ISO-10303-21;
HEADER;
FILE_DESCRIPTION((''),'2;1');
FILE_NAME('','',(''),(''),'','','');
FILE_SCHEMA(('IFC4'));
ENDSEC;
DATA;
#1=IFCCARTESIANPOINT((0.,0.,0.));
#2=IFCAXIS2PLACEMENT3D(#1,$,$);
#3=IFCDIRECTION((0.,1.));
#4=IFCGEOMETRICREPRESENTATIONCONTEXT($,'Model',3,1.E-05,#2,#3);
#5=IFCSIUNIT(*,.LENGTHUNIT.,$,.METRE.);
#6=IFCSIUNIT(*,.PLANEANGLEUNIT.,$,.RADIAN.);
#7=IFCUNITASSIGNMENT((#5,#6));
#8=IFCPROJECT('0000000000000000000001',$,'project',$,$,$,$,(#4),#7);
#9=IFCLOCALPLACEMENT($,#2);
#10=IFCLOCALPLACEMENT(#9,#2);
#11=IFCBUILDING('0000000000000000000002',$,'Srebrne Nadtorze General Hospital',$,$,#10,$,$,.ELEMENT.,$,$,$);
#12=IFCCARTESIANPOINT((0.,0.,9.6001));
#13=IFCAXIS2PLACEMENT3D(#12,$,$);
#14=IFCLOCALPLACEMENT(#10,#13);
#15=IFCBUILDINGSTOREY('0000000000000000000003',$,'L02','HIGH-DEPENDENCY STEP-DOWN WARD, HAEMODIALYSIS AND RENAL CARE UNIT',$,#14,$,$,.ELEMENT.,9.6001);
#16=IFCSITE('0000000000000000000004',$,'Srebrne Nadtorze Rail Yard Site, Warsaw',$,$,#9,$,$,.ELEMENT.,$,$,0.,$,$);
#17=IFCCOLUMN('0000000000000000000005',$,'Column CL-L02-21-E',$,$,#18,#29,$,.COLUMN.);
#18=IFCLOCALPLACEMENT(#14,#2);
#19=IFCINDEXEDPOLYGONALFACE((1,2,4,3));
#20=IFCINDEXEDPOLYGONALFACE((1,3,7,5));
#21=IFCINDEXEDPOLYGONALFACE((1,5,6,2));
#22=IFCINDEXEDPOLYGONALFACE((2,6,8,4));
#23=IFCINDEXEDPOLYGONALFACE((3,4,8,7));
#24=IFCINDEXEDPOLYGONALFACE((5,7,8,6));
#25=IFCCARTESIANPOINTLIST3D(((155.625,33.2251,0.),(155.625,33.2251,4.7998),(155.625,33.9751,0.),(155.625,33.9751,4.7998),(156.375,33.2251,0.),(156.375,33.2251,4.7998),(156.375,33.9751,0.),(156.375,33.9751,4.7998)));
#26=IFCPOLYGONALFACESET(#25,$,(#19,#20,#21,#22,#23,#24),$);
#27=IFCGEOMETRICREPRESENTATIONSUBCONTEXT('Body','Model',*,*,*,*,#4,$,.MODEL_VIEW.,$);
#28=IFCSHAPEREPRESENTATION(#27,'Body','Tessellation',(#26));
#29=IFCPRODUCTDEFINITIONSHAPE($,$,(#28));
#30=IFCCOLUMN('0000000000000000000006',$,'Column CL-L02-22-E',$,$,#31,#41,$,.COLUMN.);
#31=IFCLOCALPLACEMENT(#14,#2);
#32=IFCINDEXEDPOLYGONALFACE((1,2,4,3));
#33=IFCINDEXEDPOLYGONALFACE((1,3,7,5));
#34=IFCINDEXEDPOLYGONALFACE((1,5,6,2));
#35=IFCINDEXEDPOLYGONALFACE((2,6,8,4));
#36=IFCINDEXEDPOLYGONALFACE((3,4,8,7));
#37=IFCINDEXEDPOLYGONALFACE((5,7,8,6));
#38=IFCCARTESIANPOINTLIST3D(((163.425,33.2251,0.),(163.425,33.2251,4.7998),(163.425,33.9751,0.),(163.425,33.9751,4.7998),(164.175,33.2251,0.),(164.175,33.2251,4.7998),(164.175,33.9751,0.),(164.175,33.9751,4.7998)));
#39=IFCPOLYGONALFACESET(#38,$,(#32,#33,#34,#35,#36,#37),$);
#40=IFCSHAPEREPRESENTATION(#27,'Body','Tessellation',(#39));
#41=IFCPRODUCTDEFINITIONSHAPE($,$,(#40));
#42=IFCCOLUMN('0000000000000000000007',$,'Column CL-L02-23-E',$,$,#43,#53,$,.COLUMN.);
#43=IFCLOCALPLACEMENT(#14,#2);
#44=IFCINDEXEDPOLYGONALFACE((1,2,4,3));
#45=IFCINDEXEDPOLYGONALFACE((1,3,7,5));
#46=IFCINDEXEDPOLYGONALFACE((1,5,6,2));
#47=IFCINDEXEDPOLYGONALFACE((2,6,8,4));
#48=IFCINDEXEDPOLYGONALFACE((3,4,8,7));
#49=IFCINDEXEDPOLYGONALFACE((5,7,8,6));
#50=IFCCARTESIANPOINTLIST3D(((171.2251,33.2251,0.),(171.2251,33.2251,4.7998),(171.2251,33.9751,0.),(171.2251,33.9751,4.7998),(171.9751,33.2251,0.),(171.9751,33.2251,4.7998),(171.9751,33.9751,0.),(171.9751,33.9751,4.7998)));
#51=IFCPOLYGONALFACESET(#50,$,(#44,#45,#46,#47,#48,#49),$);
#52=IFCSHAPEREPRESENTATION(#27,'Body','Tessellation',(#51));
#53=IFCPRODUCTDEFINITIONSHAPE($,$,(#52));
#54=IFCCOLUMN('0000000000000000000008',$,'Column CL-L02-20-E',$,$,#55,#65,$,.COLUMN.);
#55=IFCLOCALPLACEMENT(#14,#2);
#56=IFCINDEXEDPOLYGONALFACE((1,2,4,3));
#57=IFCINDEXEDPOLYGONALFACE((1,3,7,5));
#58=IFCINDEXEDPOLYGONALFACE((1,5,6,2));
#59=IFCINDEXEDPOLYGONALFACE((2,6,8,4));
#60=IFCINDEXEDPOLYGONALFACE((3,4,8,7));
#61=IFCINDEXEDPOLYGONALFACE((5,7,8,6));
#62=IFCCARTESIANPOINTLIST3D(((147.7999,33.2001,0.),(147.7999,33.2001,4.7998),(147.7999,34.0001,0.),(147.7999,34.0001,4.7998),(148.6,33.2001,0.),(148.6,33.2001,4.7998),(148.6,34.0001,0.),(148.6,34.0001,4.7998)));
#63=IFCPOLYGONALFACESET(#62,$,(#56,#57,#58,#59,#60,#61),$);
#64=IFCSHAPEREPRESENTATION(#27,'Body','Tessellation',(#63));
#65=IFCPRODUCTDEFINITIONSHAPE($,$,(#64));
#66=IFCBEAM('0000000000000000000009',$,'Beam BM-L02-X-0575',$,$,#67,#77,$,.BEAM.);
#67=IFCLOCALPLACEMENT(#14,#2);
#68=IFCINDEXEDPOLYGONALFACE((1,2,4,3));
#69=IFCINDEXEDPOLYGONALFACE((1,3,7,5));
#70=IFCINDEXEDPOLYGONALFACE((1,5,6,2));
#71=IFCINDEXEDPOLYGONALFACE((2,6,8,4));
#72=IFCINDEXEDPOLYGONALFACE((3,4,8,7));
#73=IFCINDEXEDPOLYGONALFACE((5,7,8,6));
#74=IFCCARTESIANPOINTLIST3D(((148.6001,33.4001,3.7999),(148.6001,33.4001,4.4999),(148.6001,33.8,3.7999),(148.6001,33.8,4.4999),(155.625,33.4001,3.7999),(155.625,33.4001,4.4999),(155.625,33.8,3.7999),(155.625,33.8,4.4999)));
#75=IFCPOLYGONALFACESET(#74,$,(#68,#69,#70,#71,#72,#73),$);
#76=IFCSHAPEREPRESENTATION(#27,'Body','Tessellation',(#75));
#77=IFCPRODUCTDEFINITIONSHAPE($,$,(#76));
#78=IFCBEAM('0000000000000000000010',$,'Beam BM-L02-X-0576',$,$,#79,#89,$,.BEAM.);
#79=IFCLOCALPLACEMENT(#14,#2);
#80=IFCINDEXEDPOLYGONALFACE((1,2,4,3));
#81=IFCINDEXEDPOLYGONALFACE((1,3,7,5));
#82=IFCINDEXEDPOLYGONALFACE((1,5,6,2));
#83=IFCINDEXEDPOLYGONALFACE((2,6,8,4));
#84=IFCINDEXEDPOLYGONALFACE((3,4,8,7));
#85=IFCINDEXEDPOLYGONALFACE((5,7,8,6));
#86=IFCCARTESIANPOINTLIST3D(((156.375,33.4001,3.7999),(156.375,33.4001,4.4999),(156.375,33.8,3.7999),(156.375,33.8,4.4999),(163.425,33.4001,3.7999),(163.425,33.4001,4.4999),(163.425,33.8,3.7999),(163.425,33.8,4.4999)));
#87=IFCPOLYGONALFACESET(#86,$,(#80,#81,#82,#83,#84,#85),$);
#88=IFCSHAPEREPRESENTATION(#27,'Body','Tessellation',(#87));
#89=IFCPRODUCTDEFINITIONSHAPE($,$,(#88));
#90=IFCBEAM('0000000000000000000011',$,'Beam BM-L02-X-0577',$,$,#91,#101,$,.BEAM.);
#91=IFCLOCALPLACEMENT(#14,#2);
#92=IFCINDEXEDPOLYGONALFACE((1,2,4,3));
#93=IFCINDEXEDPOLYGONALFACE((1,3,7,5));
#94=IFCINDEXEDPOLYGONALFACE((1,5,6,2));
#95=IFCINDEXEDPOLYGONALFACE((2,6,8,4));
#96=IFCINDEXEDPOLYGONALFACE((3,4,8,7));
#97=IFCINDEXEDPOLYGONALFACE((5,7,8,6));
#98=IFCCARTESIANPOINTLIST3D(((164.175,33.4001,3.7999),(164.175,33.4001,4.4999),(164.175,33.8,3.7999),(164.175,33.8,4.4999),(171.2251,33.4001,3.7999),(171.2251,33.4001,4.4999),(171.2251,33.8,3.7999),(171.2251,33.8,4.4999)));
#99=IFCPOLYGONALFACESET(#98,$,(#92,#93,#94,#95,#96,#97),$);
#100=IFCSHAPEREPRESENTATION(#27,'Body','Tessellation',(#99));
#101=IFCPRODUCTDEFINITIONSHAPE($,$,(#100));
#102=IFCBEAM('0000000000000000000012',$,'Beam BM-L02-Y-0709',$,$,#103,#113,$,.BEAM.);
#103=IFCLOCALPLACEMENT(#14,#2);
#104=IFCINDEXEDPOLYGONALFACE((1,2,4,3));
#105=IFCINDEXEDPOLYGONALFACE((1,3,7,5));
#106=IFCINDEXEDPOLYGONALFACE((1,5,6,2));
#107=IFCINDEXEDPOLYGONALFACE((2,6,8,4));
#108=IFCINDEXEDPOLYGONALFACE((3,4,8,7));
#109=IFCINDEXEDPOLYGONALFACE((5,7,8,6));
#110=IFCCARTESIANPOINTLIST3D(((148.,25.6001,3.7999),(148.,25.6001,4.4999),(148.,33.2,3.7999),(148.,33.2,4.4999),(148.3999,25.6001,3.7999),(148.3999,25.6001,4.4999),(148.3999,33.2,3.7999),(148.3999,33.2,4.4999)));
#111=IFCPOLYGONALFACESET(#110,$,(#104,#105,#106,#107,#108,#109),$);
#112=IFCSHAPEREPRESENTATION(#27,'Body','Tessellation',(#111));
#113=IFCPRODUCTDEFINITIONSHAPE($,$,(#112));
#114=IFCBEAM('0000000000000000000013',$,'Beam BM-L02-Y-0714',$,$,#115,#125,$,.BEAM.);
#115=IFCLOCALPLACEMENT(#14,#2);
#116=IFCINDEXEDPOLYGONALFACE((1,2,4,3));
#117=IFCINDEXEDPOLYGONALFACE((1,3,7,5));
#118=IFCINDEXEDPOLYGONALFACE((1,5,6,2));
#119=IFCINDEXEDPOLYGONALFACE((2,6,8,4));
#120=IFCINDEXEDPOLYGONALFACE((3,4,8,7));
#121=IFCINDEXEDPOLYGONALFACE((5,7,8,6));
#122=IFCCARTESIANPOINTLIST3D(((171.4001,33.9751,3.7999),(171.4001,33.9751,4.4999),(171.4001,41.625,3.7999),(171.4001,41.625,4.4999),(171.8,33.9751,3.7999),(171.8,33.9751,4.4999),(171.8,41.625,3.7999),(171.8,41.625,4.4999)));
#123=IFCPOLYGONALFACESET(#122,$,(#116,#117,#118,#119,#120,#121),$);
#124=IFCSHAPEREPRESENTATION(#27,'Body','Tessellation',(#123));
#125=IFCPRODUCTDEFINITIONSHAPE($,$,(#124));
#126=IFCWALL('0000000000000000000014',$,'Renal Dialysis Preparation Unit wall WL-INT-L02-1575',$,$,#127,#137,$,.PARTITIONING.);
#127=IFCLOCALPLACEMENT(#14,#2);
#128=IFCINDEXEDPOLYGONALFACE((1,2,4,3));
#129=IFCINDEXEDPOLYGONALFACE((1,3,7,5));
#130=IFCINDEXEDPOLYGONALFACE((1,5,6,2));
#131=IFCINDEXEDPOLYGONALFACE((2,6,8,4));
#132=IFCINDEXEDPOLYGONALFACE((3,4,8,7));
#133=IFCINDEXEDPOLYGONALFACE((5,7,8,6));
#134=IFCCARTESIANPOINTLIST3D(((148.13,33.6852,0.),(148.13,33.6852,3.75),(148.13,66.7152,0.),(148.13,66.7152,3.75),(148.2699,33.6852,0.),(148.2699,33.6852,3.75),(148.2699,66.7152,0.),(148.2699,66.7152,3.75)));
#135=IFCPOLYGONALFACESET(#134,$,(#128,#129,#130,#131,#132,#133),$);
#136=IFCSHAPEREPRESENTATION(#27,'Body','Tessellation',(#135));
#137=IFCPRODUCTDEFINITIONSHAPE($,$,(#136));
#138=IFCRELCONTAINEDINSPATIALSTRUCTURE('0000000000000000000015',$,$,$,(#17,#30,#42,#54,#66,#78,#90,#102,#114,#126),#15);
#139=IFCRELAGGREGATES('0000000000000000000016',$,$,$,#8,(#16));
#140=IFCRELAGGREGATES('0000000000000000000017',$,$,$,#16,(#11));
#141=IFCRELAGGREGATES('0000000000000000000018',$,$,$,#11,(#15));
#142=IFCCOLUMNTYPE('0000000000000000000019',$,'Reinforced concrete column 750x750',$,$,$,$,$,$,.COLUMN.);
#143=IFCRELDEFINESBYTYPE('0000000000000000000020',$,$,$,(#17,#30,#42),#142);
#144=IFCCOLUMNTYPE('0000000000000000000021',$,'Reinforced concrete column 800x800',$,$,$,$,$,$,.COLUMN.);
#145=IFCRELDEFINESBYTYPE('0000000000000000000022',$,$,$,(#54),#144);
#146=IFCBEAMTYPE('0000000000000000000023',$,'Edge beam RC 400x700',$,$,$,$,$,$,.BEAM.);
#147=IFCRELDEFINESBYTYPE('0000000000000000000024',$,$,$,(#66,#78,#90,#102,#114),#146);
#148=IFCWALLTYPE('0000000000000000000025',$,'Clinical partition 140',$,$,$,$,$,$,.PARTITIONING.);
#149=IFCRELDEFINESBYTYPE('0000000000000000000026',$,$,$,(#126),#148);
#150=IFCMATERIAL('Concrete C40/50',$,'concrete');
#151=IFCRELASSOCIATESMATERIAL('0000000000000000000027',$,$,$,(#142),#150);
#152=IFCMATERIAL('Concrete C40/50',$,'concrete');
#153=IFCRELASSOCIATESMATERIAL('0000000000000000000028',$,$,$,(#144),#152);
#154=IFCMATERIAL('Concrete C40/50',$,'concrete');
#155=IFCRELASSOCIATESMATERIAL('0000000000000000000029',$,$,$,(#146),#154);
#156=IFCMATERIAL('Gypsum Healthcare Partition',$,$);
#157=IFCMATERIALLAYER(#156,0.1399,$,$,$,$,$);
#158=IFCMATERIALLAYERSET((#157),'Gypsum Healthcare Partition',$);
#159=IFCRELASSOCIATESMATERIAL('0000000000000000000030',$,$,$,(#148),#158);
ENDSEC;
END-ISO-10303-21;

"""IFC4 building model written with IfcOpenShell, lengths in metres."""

from ifc_helpers import new_model, si_unit, direction, frame, frame_2d, origin, origin_2d, place, context, subcontext, project, spatial, rectangle, extrude, material, layer, layer_set, material_profile, profile_set, type_object, element, save


model = new_model("IFC4")

# Units and contexts
model_context = context("Model", 3, precision=1e-05, world=origin(), true_north=direction((0.0, 1.0)))
body_context = subcontext(model_context, "Body", "Model", "MODEL_VIEW")
ifc_project = project(units=[si_unit("LENGTHUNIT", "METRE"), si_unit("PLANEANGLEUNIT", "RADIAN")], contexts=[model_context])

# Site, building, storey
site_placement = place(None, origin())
site = spatial("IfcSite", under=ifc_project, at=site_placement, Name="Srebrne Nadtorze Rail Yard Site, Warsaw", CompositionType="ELEMENT", RefElevation=0.0)
building_placement = place(site_placement, origin())
building = spatial("IfcBuilding", under=site, at=building_placement, Name="Srebrne Nadtorze General Hospital", CompositionType="ELEMENT")
storey_placement = place(building_placement, frame((0.0, 0.0, 9.6001)))
storey = spatial("IfcBuildingStorey", under=building, at=storey_placement, Name="L02", Description="HIGH-DEPENDENCY STEP-DOWN WARD, HAEMODIALYSIS AND RENAL CARE UNIT", CompositionType="ELEMENT", Elevation=9.6001)

# Columns
ifc_material_1 = material(Name="Concrete C40/50", Category="concrete")
ifc_material_profile_1 = material_profile(ifc_material_1, rectangle(XDim=0.75, YDim=0.75, at=origin_2d()), Name="RC-COL-750x750")
ifc_profile_set_1 = profile_set([ifc_material_profile_1], Name="Concrete C40/50")
column_type_1 = type_object("IfcColumnType", Name="Reinforced concrete column 750x750", PredefinedType="COLUMN", material=ifc_profile_set_1)
for number, where, z_axis, x_axis, name in (
    (1, (156.0, 33.6001, 0.0), (0.0, 0.0, 1.0), (1.0, 0.0, 0.0), "Column CL-L02-21-E"),
    (2, (163.8, 33.6001, 0.0), (0.0, 0.0, 1.0), (1.0, 0.0, 0.0), "Column CL-L02-22-E"),
    (3, (171.6001, 33.6001, 0.0), (0.0, 0.0, 1.0), (1.0, 0.0, 0.0), "Column CL-L02-23-E"),
):
    element("IfcColumn", number, at=place(storey_placement, frame(where, z_axis=z_axis, x_axis=x_axis)), inside=storey, type_object=column_type_1, Name=name, PredefinedType="COLUMN", context=body_context, shape_type="SweptSolid", body=[
        extrude(rectangle(XDim=0.75, YDim=0.75, at=origin_2d()), origin(), (0.0, 0.0, 1.0), 4.7998),
    ])
ifc_material_2 = material(Name="Concrete C40/50", Category="concrete")
ifc_material_profile_2 = material_profile(ifc_material_2, rectangle(XDim=0.8, YDim=0.8, at=origin_2d()), Name="RC-COL-800x800")
ifc_profile_set_2 = profile_set([ifc_material_profile_2], Name="Concrete C40/50")
column_type_2 = type_object("IfcColumnType", Name="Reinforced concrete column 800x800", PredefinedType="COLUMN", material=ifc_profile_set_2)
column_placement = place(storey_placement, frame((148.2, 33.6001, 0.0), z_axis=(0.0, 0.0, 1.0), x_axis=(1.0, 0.0, 0.0)))
element("IfcColumn", 4, at=column_placement, inside=storey, type_object=column_type_2, Name="Column CL-L02-20-E", PredefinedType="COLUMN", context=body_context, shape_type="SweptSolid", body=[
    extrude(rectangle(XDim=0.8, YDim=0.8, at=origin_2d()), origin(), (0.0, 0.0, 1.0), 4.7998),
])

# Beams
ifc_material_3 = material(Name="Concrete C40/50", Category="concrete")
ifc_material_profile_3 = material_profile(ifc_material_3, rectangle(XDim=0.3999, YDim=0.7, at=origin_2d()), Name="RC-BM-400x700")
ifc_profile_set_3 = profile_set([ifc_material_profile_3], Name="Concrete C40/50")
beam_type = type_object("IfcBeamType", Name="Edge beam RC 400x700", PredefinedType="BEAM", material=ifc_profile_set_3)
beam_1_placement = place(storey_placement, frame((148.6001, 33.6001, 4.1499), z_axis=(1.0, 0.0, 0.0), x_axis=(0.0, 1.0, 0.0)))
element("IfcBeam", 5, at=beam_1_placement, inside=storey, type_object=beam_type, Name="Beam BM-L02-X-0575", PredefinedType="BEAM", context=body_context, shape_type="SweptSolid", body=[
    extrude(rectangle(XDim=0.3999, YDim=0.7, at=origin_2d()), origin(), (0.0, 0.0, 1.0), 7.0249),
])
for number, where, z_axis, x_axis, name in (
    (6, (156.375, 33.6001, 4.1499), (1.0, 0.0, 0.0), (0.0, 1.0, 0.0), "Beam BM-L02-X-0576"),
    (7, (164.175, 33.6001, 4.1499), (1.0, 0.0, 0.0), (0.0, 1.0, 0.0), "Beam BM-L02-X-0577"),
):
    element("IfcBeam", number, at=place(storey_placement, frame(where, z_axis=z_axis, x_axis=x_axis)), inside=storey, type_object=beam_type, Name=name, PredefinedType="BEAM", context=body_context, shape_type="SweptSolid", body=[
        extrude(rectangle(XDim=0.3999, YDim=0.7, at=origin_2d()), origin(), (0.0, 0.0, 1.0), 7.05),
    ])
beam_2_placement = place(storey_placement, frame((148.2, 25.6001, 4.1499), z_axis=(0.0, 1.0, 0.0), x_axis=(-1.0, 0.0, 0.0)))
element("IfcBeam", 8, at=beam_2_placement, inside=storey, type_object=beam_type, Name="Beam BM-L02-Y-0709", PredefinedType="BEAM", context=body_context, shape_type="SweptSolid", body=[
    extrude(rectangle(XDim=0.3999, YDim=0.7, at=origin_2d()), origin(), (0.0, 0.0, 1.0), 7.5999),
])
beam_3_placement = place(storey_placement, frame((171.6001, 33.9751, 4.1499), z_axis=(0.0, 1.0, 0.0), x_axis=(-1.0, 0.0, 0.0)))
element("IfcBeam", 9, at=beam_3_placement, inside=storey, type_object=beam_type, Name="Beam BM-L02-Y-0714", PredefinedType="BEAM", context=body_context, shape_type="SweptSolid", body=[
    extrude(rectangle(XDim=0.3999, YDim=0.7, at=origin_2d()), origin(), (0.0, 0.0, 1.0), 7.6499),
])

# Wall
ifc_material_4 = material(Name="Gypsum Healthcare Partition")
ifc_layer_1 = layer(ifc_material_4, 0.1399)
ifc_layer_set_1 = layer_set([ifc_layer_1], Name="Gypsum Healthcare Partition")
wall_type_1 = type_object("IfcWallType", Name="Clinical partition 140", PredefinedType="PARTITIONING", material=ifc_layer_set_1)
wall_1_placement = place(storey_placement, frame((148.2, 33.6851, 0.0), z_axis=(0.0, 0.0, 1.0), x_axis=(0.0, 1.0, 0.0)))
element("IfcWall", 10, at=wall_1_placement, inside=storey, type_object=wall_type_1, Name="Renal Dialysis Preparation Unit wall WL-INT-L02-1575", PredefinedType="PARTITIONING", context=body_context, shape_type="SweptSolid", body=[
    extrude(rectangle(XDim=33.03, YDim=0.1399, at=frame_2d((16.5151, 0.0))), origin(), (0.0, 0.0, 1.0), 3.75),
])

save(model, "model.ifc")
